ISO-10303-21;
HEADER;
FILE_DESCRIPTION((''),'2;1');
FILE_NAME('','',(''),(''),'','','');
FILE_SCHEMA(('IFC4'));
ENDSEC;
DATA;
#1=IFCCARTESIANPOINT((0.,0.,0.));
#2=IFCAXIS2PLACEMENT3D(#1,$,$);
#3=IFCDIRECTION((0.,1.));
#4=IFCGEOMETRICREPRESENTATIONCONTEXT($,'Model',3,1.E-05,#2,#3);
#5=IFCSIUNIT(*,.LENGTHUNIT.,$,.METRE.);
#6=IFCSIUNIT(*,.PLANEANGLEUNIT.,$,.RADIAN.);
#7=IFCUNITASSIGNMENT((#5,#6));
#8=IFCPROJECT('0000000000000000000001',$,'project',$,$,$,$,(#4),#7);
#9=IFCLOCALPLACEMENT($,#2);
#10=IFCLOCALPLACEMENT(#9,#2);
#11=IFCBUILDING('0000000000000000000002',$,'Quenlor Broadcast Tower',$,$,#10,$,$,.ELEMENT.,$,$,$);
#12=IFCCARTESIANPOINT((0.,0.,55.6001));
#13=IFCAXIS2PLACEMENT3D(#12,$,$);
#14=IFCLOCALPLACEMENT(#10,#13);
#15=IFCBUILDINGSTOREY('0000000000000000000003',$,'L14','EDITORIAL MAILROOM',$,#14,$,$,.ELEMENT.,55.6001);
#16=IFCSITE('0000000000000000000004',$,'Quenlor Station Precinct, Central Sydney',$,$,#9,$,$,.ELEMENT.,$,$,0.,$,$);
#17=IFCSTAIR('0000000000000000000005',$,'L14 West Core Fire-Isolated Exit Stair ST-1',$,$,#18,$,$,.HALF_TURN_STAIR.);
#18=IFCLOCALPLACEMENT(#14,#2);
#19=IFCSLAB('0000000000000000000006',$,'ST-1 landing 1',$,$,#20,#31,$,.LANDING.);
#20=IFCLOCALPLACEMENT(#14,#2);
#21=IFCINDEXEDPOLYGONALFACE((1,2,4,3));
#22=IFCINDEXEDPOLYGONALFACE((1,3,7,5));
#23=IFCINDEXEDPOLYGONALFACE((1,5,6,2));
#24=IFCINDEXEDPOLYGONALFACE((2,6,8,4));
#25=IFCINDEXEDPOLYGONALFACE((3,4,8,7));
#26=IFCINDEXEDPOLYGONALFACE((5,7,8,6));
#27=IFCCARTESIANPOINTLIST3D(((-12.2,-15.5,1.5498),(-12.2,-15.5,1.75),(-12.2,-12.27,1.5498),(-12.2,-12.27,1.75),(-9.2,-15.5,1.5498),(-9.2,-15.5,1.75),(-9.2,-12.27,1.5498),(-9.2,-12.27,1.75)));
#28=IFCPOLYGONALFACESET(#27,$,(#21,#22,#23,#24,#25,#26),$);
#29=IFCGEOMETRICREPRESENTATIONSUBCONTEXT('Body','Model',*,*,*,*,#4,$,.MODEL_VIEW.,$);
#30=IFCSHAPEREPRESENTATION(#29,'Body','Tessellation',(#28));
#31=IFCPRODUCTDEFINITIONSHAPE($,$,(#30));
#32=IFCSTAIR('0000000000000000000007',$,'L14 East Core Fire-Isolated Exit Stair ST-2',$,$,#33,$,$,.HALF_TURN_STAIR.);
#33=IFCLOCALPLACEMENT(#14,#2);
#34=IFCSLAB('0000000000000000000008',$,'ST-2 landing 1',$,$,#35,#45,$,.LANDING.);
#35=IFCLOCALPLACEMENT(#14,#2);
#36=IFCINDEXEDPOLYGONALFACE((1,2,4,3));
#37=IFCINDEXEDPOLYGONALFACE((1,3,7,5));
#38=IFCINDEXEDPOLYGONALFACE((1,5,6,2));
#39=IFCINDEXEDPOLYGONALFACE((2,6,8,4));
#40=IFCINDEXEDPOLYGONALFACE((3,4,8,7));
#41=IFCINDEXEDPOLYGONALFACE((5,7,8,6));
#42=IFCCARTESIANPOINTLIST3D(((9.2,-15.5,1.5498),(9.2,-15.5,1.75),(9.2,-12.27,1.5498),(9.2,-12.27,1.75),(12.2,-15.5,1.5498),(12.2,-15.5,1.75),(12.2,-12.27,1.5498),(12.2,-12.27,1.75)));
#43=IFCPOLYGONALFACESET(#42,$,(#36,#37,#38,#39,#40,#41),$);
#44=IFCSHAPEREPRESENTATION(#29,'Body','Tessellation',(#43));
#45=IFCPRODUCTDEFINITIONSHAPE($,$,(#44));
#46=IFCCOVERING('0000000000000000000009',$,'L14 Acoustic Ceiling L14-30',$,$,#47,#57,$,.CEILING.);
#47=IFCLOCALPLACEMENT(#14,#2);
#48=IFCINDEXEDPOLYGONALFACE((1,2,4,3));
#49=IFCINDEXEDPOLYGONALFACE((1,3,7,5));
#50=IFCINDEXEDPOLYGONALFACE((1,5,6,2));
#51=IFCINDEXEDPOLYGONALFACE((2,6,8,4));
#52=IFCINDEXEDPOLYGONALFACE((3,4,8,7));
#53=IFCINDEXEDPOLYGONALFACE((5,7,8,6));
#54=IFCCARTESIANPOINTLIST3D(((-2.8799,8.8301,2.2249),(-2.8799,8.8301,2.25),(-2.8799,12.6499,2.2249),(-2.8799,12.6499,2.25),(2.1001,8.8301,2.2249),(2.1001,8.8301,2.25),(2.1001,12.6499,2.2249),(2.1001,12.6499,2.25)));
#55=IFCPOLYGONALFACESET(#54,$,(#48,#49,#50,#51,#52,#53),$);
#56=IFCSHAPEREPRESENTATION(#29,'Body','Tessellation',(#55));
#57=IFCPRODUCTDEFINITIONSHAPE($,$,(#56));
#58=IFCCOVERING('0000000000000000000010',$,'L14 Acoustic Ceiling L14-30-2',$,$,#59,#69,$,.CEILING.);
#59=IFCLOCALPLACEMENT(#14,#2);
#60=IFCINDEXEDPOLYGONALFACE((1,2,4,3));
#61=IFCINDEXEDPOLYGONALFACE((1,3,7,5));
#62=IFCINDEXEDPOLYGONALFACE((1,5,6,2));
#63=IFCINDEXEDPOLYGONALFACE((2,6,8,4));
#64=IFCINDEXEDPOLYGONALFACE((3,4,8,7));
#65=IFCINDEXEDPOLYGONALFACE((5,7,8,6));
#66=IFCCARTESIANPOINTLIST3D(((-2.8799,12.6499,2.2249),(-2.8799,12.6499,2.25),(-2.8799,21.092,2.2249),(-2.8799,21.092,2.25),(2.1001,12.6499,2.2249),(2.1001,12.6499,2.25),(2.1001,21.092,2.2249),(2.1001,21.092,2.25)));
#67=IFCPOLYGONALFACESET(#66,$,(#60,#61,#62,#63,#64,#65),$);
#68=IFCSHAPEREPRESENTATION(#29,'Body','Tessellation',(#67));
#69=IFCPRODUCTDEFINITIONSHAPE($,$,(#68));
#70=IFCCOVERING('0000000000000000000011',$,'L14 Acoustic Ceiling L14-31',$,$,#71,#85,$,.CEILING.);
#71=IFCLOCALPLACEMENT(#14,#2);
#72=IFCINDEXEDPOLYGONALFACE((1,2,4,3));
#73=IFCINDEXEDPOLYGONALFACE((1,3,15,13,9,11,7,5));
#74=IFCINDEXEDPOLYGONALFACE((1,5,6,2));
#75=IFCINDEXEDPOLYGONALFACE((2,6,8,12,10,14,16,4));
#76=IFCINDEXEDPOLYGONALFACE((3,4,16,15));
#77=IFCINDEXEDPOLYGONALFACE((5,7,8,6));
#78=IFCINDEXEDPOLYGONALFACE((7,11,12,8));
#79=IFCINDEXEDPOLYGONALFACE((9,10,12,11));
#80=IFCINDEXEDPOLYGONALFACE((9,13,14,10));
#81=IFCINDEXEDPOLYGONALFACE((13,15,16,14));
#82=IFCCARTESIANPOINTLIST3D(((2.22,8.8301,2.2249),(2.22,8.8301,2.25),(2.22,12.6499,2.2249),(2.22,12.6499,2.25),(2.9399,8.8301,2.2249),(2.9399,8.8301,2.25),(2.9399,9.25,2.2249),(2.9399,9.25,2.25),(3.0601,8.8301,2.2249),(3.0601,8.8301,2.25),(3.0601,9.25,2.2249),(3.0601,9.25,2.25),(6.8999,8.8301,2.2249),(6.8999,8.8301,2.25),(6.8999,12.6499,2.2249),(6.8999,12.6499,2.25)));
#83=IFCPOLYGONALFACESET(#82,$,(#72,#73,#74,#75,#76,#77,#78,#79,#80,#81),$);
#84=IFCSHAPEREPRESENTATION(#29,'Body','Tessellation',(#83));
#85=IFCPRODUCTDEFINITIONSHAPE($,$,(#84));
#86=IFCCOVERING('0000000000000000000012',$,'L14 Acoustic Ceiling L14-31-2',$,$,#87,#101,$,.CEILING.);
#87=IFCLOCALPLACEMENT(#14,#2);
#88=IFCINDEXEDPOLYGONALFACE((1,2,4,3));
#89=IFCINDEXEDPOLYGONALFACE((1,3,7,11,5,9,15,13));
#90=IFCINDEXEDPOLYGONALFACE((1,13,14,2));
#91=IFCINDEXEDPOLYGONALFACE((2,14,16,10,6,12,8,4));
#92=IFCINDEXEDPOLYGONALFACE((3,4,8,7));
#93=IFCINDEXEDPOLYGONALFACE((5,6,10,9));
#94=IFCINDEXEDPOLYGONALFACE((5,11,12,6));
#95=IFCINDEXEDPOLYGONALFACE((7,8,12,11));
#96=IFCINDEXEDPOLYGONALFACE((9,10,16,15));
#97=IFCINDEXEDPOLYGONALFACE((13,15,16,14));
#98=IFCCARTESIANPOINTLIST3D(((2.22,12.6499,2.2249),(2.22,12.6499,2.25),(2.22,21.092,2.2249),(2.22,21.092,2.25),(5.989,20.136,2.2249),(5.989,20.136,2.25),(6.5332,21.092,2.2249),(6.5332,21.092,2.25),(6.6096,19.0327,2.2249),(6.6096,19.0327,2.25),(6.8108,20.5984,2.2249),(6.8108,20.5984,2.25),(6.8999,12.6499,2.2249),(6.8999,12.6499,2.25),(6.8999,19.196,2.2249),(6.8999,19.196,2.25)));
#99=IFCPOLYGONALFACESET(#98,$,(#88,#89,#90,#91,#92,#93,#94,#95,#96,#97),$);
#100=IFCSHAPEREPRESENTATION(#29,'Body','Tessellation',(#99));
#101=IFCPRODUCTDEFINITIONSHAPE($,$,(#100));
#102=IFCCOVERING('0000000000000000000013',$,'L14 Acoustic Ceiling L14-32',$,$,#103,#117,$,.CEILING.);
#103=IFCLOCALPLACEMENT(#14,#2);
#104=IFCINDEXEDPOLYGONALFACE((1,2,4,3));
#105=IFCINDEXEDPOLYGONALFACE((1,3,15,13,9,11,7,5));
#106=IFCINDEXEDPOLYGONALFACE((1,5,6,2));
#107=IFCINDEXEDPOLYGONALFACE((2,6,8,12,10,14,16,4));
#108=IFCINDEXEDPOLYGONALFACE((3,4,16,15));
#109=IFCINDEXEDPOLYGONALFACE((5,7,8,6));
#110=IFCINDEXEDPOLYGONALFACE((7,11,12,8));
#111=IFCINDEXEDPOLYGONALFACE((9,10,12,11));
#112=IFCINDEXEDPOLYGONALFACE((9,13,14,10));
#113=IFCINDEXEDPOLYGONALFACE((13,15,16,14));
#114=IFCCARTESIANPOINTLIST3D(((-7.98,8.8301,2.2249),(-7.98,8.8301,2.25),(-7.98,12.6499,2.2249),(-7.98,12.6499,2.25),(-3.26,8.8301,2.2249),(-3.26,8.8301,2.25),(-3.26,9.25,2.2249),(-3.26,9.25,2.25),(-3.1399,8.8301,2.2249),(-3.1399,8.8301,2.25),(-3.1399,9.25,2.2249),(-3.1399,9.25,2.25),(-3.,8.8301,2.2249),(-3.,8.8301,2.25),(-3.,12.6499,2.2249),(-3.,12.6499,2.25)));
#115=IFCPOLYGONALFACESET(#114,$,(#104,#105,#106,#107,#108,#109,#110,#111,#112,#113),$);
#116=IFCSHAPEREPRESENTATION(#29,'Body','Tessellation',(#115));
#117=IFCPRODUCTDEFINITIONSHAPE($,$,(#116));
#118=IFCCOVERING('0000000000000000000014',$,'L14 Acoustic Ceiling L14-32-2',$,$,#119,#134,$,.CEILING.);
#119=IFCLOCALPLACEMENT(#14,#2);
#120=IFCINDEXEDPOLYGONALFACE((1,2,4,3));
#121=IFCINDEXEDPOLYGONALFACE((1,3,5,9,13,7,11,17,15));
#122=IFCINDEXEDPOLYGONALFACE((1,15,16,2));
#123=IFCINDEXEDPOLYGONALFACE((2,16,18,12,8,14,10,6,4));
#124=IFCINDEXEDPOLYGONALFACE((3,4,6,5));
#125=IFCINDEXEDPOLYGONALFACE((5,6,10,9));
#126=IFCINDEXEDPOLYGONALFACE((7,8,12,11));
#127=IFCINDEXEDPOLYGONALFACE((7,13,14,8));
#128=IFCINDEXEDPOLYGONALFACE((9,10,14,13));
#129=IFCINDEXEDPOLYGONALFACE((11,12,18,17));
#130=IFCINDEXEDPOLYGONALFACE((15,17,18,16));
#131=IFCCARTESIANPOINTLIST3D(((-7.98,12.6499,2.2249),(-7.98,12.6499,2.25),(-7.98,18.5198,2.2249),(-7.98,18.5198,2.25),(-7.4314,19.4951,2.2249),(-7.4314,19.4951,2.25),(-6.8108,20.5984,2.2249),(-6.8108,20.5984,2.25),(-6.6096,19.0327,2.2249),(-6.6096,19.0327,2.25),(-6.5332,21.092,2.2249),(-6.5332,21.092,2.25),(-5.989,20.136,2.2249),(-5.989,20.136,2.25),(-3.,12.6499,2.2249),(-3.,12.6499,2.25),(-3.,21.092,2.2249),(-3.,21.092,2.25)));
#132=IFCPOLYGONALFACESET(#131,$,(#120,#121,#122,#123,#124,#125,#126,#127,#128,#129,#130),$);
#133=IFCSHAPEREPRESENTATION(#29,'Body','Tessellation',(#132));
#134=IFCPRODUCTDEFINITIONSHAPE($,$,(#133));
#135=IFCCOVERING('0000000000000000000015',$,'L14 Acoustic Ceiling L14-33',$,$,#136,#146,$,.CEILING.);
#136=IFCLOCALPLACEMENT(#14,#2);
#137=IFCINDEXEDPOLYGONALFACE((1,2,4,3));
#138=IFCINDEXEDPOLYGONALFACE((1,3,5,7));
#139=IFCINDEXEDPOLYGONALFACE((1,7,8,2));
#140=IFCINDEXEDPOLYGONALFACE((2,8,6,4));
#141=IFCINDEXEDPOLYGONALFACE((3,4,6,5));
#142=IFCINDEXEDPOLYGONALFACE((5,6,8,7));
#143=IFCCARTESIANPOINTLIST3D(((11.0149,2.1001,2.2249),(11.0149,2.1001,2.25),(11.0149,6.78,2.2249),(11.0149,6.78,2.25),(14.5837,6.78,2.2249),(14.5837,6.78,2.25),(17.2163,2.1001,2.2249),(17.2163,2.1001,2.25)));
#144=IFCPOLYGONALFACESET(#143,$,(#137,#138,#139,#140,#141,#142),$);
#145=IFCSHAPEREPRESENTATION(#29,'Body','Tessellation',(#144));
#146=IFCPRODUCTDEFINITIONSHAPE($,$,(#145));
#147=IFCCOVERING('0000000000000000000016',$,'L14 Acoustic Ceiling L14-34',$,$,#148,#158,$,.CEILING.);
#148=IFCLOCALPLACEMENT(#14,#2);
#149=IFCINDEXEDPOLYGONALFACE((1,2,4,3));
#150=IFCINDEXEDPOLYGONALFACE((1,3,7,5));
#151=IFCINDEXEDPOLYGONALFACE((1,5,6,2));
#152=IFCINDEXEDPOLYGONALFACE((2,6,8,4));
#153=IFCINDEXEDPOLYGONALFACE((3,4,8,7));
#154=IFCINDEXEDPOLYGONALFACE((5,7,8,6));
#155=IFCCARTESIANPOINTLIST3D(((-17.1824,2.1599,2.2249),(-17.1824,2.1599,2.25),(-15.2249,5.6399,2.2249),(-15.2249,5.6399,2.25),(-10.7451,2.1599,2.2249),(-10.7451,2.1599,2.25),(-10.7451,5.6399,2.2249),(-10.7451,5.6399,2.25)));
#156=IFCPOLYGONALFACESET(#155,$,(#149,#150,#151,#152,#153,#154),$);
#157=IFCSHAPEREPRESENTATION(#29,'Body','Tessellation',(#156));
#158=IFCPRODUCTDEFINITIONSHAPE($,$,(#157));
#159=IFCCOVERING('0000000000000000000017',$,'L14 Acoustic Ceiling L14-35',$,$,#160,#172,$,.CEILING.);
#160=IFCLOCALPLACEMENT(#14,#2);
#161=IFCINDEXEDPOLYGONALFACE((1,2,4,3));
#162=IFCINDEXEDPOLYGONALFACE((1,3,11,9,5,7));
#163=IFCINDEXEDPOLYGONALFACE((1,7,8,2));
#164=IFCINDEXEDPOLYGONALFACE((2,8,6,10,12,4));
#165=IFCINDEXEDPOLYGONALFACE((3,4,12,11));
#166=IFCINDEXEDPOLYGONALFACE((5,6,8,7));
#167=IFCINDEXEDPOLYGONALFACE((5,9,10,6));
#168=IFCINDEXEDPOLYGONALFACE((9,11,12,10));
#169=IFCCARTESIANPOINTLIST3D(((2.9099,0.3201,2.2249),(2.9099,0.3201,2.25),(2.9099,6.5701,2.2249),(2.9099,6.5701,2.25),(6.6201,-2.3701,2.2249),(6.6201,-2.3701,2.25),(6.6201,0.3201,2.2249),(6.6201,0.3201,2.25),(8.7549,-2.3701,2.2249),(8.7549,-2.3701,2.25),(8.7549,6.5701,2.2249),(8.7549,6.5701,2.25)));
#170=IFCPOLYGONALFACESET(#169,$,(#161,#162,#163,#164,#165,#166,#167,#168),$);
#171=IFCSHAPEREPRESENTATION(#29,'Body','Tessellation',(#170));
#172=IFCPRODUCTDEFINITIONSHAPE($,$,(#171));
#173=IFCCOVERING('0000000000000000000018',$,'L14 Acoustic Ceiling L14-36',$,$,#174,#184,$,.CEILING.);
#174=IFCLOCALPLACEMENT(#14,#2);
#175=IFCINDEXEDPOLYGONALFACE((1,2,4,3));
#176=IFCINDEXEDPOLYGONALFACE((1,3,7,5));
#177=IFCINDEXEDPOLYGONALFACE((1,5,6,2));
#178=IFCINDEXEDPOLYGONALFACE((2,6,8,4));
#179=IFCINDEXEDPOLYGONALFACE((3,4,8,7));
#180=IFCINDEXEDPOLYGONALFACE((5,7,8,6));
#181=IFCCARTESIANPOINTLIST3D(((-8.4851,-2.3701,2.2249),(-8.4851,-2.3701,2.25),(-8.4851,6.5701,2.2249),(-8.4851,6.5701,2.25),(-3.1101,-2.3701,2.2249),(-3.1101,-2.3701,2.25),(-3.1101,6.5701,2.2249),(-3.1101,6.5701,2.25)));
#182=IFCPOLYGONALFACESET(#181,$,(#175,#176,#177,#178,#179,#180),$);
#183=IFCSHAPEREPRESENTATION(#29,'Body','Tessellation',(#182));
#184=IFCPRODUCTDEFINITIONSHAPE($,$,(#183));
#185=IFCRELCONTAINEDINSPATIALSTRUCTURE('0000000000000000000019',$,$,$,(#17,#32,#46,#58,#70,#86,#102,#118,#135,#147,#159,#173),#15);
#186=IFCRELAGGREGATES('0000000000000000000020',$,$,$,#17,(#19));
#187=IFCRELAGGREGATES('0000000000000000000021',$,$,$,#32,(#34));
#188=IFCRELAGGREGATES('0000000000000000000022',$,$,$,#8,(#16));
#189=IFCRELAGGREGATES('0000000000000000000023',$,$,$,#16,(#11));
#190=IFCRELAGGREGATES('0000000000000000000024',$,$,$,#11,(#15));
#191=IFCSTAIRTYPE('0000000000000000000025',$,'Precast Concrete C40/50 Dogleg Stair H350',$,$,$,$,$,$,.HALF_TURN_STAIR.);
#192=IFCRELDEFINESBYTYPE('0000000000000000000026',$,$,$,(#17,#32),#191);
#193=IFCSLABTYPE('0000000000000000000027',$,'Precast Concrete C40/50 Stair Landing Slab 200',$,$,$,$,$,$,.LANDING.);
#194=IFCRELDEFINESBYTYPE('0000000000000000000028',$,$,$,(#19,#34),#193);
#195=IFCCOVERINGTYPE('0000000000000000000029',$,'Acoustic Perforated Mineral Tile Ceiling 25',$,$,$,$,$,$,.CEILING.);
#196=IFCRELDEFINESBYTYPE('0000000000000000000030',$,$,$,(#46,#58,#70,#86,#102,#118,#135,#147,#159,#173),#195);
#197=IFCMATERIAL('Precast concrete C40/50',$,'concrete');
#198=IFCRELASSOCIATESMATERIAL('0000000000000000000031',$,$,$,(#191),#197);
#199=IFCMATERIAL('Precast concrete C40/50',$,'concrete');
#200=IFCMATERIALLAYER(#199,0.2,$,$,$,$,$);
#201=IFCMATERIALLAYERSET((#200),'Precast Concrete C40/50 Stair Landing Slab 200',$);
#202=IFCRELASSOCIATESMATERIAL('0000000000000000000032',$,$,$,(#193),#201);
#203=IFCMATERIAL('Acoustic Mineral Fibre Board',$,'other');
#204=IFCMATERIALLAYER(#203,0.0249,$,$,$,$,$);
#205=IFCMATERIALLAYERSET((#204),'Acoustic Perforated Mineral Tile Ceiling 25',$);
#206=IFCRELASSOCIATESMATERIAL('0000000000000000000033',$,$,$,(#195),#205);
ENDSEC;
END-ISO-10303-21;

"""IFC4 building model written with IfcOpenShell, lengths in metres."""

from ifc_helpers import new_model, si_unit, direction, frame, origin, place, context, subcontext, project, spatial, polyline, outline, extrude, material, layer, layer_set, type_object, element, aggregate, save


model = new_model("IFC4")

# Units and contexts
model_context = context("Model", 3, precision=1e-05, world=origin(), true_north=direction((0.0, 1.0)))
body_context = subcontext(model_context, "Body", "Model", "MODEL_VIEW")
ifc_project = project(units=[si_unit("LENGTHUNIT", "METRE"), si_unit("PLANEANGLEUNIT", "RADIAN")], contexts=[model_context])

# Site, building, storey
site_placement = place(None, origin())
site = spatial("IfcSite", under=ifc_project, at=site_placement, Name="Quenlor Station Precinct, Central Sydney", CompositionType="ELEMENT", RefElevation=0.0)
building_placement = place(site_placement, origin())
building = spatial("IfcBuilding", under=site, at=building_placement, Name="Quenlor Broadcast Tower", CompositionType="ELEMENT")
storey_placement = place(building_placement, frame((0.0, 0.0, 55.6001)))
storey = spatial("IfcBuildingStorey", under=building, at=storey_placement, Name="L14", Description="EDITORIAL MAILROOM", CompositionType="ELEMENT", Elevation=55.6001)

# Stairs, slabs
ifc_material_1 = material(Name="Precast concrete C40/50", Category="concrete")
stair_type = type_object("IfcStairType", Name="Precast Concrete C40/50 Dogleg Stair H350", PredefinedType="HALF_TURN_STAIR", material=ifc_material_1)
stair_1_placement = place(storey_placement, origin())
stair_1 = element("IfcStair", 1, at=stair_1_placement, inside=storey, type_object=stair_type, Name="L14 West Core Fire-Isolated Exit Stair ST-1", PredefinedType="HALF_TURN_STAIR")
ifc_material_2 = material(Name="Precast concrete C40/50", Category="concrete")
ifc_layer_1 = layer(ifc_material_2, 0.2)
ifc_layer_set_1 = layer_set([ifc_layer_1], Name="Precast Concrete C40/50 Stair Landing Slab 200")
slab_type = type_object("IfcSlabType", Name="Precast Concrete C40/50 Stair Landing Slab 200", PredefinedType="LANDING", material=ifc_layer_set_1)
slab_1_placement = place(storey_placement, frame((0.0, 0.0, 1.5498)))
slab_1 = element("IfcSlab", 2, at=slab_1_placement, type_object=slab_type, Name="ST-1 landing 1", PredefinedType="LANDING", context=body_context, shape_type="SweptSolid", body=[
    extrude(outline(polyline([(-12.2, -12.27), (-12.2, -15.5), (-9.2, -15.5), (-9.2, -12.27), (-12.2, -12.27)])), origin(), (0.0, 0.0, 1.0), 0.2002),
])
aggregate(stair_1, [slab_1])
stair_2_placement = place(storey_placement, origin())
stair_2 = element("IfcStair", 3, at=stair_2_placement, inside=storey, type_object=stair_type, Name="L14 East Core Fire-Isolated Exit Stair ST-2", PredefinedType="HALF_TURN_STAIR")
slab_2_placement = place(storey_placement, frame((0.0, 0.0, 1.5498)))
slab_2 = element("IfcSlab", 4, at=slab_2_placement, type_object=slab_type, Name="ST-2 landing 1", PredefinedType="LANDING", context=body_context, shape_type="SweptSolid", body=[
    extrude(outline(polyline([(9.2, -12.27), (9.2, -15.5), (12.2, -15.5), (12.2, -12.27), (9.2, -12.27)])), origin(), (0.0, 0.0, 1.0), 0.2002),
])
aggregate(stair_2, [slab_2])

# Coverings
ifc_material_3 = material(Name="Acoustic Mineral Fibre Board", Category="other")
ifc_layer_2 = layer(ifc_material_3, 0.0249)
ifc_layer_set_2 = layer_set([ifc_layer_2], Name="Acoustic Perforated Mineral Tile Ceiling 25")
covering_type_1 = type_object("IfcCoveringType", Name="Acoustic Perforated Mineral Tile Ceiling 25", PredefinedType="CEILING", material=ifc_layer_set_2)
covering_1_placement = place(storey_placement, frame((0.0, 0.0, 2.2249)))
element("IfcCovering", 5, at=covering_1_placement, inside=storey, type_object=covering_type_1, Name="L14 Acoustic Ceiling L14-30", PredefinedType="CEILING", context=body_context, shape_type="SweptSolid", body=[
    extrude(outline(polyline([(2.1001, 8.8301), (-2.8799, 8.8301), (-2.8799, 12.6499), (2.1001, 12.6499), (2.1001, 8.8301)])), origin(), (0.0, 0.0, 1.0), 0.0251),
])
covering_2_placement = place(storey_placement, frame((0.0, 0.0, 2.2249)))
element("IfcCovering", 6, at=covering_2_placement, inside=storey, type_object=covering_type_1, Name="L14 Acoustic Ceiling L14-30-2", PredefinedType="CEILING", context=body_context, shape_type="SweptSolid", body=[
    extrude(outline(polyline([(2.1001, 12.6499), (-2.8799, 12.6499), (-2.8799, 21.092), (2.1001, 21.092), (2.1001, 12.6499)])), origin(), (0.0, 0.0, 1.0), 0.0251),
])
covering_3_placement = place(storey_placement, frame((0.0, 0.0, 2.2249)))
element("IfcCovering", 7, at=covering_3_placement, inside=storey, type_object=covering_type_1, Name="L14 Acoustic Ceiling L14-31", PredefinedType="CEILING", context=body_context, shape_type="SweptSolid", body=[
    extrude(outline(polyline([(6.8999, 8.8301), (3.0601, 8.8301), (3.0601, 9.25), (2.9399, 9.25), (2.9399, 8.8301), (2.22, 8.8301), (2.22, 12.6499), (6.8999, 12.6499), (6.8999, 8.8301)])), origin(), (0.0, 0.0, 1.0), 0.0251),
])
covering_4_placement = place(storey_placement, frame((0.0, 0.0, 2.2249)))
element("IfcCovering", 8, at=covering_4_placement, inside=storey, type_object=covering_type_1, Name="L14 Acoustic Ceiling L14-31-2", PredefinedType="CEILING", context=body_context, shape_type="SweptSolid", body=[
    extrude(outline(polyline([(6.6096, 19.0327), (6.8999, 19.196), (6.8999, 12.6499), (2.22, 12.6499), (2.22, 21.092), (6.5332, 21.092), (6.8108, 20.5984), (5.989, 20.136), (6.6096, 19.0327)])), origin(), (0.0, 0.0, 1.0), 0.0251),
])
covering_5_placement = place(storey_placement, frame((0.0, 0.0, 2.2249)))
element("IfcCovering", 9, at=covering_5_placement, inside=storey, type_object=covering_type_1, Name="L14 Acoustic Ceiling L14-32", PredefinedType="CEILING", context=body_context, shape_type="SweptSolid", body=[
    extrude(outline(polyline([(-3.26, 8.8301), (-7.98, 8.8301), (-7.98, 12.6499), (-3.0, 12.6499), (-3.0, 8.8301), (-3.1399, 8.8301), (-3.1399, 9.25), (-3.26, 9.25), (-3.26, 8.8301)])), origin(), (0.0, 0.0, 1.0), 0.0251),
])
covering_6_placement = place(storey_placement, frame((0.0, 0.0, 2.2249)))
element("IfcCovering", 10, at=covering_6_placement, inside=storey, type_object=covering_type_1, Name="L14 Acoustic Ceiling L14-32-2", PredefinedType="CEILING", context=body_context, shape_type="SweptSolid", body=[
    extrude(outline(polyline([(-7.98, 18.5198), (-7.4314, 19.4951), (-6.6096, 19.0327), (-5.989, 20.136), (-6.8108, 20.5984), (-6.5332, 21.092), (-3.0, 21.092), (-3.0, 12.6499), (-7.98, 12.6499), (-7.98, 18.5198)])), origin(), (0.0, 0.0, 1.0), 0.0251),
])
covering_7_placement = place(storey_placement, frame((0.0, 0.0, 2.2249)))
element("IfcCovering", 11, at=covering_7_placement, inside=storey, type_object=covering_type_1, Name="L14 Acoustic Ceiling L14-33", PredefinedType="CEILING", context=body_context, shape_type="SweptSolid", body=[
    extrude(outline(polyline([(14.5837, 6.78), (17.2163, 2.1001), (11.0149, 2.1001), (11.0149, 6.78), (14.5837, 6.78)])), origin(), (0.0, 0.0, 1.0), 0.0251),
])
covering_8_placement = place(storey_placement, frame((0.0, 0.0, 2.2249)))
element("IfcCovering", 12, at=covering_8_placement, inside=storey, type_object=covering_type_1, Name="L14 Acoustic Ceiling L14-34", PredefinedType="CEILING", context=body_context, shape_type="SweptSolid", body=[
    extrude(outline(polyline([(-17.1824, 2.1599), (-15.2249, 5.6399), (-10.7451, 5.6399), (-10.7451, 2.1599), (-17.1824, 2.1599)])), origin(), (0.0, 0.0, 1.0), 0.0251),
])
covering_9_placement = place(storey_placement, frame((0.0, 0.0, 2.2249)))
element("IfcCovering", 13, at=covering_9_placement, inside=storey, type_object=covering_type_1, Name="L14 Acoustic Ceiling L14-35", PredefinedType="CEILING", context=body_context, shape_type="SweptSolid", body=[
    extrude(outline(polyline([(6.6201, -2.3701), (6.6201, 0.3201), (2.9099, 0.3201), (2.9099, 6.5701), (8.7549, 6.5701), (8.7549, -2.3701), (6.6201, -2.3701)])), origin(), (0.0, 0.0, 1.0), 0.0251),
])
covering_10_placement = place(storey_placement, frame((0.0, 0.0, 2.2249)))
element("IfcCovering", 14, at=covering_10_placement, inside=storey, type_object=covering_type_1, Name="L14 Acoustic Ceiling L14-36", PredefinedType="CEILING", context=body_context, shape_type="SweptSolid", body=[
    extrude(outline(polyline([(-3.1101, 6.5701), (-3.1101, -2.3701), (-8.4851, -2.3701), (-8.4851, 6.5701), (-3.1101, 6.5701)])), origin(), (0.0, 0.0, 1.0), 0.0251),
])

save(model, "model.ifc")
